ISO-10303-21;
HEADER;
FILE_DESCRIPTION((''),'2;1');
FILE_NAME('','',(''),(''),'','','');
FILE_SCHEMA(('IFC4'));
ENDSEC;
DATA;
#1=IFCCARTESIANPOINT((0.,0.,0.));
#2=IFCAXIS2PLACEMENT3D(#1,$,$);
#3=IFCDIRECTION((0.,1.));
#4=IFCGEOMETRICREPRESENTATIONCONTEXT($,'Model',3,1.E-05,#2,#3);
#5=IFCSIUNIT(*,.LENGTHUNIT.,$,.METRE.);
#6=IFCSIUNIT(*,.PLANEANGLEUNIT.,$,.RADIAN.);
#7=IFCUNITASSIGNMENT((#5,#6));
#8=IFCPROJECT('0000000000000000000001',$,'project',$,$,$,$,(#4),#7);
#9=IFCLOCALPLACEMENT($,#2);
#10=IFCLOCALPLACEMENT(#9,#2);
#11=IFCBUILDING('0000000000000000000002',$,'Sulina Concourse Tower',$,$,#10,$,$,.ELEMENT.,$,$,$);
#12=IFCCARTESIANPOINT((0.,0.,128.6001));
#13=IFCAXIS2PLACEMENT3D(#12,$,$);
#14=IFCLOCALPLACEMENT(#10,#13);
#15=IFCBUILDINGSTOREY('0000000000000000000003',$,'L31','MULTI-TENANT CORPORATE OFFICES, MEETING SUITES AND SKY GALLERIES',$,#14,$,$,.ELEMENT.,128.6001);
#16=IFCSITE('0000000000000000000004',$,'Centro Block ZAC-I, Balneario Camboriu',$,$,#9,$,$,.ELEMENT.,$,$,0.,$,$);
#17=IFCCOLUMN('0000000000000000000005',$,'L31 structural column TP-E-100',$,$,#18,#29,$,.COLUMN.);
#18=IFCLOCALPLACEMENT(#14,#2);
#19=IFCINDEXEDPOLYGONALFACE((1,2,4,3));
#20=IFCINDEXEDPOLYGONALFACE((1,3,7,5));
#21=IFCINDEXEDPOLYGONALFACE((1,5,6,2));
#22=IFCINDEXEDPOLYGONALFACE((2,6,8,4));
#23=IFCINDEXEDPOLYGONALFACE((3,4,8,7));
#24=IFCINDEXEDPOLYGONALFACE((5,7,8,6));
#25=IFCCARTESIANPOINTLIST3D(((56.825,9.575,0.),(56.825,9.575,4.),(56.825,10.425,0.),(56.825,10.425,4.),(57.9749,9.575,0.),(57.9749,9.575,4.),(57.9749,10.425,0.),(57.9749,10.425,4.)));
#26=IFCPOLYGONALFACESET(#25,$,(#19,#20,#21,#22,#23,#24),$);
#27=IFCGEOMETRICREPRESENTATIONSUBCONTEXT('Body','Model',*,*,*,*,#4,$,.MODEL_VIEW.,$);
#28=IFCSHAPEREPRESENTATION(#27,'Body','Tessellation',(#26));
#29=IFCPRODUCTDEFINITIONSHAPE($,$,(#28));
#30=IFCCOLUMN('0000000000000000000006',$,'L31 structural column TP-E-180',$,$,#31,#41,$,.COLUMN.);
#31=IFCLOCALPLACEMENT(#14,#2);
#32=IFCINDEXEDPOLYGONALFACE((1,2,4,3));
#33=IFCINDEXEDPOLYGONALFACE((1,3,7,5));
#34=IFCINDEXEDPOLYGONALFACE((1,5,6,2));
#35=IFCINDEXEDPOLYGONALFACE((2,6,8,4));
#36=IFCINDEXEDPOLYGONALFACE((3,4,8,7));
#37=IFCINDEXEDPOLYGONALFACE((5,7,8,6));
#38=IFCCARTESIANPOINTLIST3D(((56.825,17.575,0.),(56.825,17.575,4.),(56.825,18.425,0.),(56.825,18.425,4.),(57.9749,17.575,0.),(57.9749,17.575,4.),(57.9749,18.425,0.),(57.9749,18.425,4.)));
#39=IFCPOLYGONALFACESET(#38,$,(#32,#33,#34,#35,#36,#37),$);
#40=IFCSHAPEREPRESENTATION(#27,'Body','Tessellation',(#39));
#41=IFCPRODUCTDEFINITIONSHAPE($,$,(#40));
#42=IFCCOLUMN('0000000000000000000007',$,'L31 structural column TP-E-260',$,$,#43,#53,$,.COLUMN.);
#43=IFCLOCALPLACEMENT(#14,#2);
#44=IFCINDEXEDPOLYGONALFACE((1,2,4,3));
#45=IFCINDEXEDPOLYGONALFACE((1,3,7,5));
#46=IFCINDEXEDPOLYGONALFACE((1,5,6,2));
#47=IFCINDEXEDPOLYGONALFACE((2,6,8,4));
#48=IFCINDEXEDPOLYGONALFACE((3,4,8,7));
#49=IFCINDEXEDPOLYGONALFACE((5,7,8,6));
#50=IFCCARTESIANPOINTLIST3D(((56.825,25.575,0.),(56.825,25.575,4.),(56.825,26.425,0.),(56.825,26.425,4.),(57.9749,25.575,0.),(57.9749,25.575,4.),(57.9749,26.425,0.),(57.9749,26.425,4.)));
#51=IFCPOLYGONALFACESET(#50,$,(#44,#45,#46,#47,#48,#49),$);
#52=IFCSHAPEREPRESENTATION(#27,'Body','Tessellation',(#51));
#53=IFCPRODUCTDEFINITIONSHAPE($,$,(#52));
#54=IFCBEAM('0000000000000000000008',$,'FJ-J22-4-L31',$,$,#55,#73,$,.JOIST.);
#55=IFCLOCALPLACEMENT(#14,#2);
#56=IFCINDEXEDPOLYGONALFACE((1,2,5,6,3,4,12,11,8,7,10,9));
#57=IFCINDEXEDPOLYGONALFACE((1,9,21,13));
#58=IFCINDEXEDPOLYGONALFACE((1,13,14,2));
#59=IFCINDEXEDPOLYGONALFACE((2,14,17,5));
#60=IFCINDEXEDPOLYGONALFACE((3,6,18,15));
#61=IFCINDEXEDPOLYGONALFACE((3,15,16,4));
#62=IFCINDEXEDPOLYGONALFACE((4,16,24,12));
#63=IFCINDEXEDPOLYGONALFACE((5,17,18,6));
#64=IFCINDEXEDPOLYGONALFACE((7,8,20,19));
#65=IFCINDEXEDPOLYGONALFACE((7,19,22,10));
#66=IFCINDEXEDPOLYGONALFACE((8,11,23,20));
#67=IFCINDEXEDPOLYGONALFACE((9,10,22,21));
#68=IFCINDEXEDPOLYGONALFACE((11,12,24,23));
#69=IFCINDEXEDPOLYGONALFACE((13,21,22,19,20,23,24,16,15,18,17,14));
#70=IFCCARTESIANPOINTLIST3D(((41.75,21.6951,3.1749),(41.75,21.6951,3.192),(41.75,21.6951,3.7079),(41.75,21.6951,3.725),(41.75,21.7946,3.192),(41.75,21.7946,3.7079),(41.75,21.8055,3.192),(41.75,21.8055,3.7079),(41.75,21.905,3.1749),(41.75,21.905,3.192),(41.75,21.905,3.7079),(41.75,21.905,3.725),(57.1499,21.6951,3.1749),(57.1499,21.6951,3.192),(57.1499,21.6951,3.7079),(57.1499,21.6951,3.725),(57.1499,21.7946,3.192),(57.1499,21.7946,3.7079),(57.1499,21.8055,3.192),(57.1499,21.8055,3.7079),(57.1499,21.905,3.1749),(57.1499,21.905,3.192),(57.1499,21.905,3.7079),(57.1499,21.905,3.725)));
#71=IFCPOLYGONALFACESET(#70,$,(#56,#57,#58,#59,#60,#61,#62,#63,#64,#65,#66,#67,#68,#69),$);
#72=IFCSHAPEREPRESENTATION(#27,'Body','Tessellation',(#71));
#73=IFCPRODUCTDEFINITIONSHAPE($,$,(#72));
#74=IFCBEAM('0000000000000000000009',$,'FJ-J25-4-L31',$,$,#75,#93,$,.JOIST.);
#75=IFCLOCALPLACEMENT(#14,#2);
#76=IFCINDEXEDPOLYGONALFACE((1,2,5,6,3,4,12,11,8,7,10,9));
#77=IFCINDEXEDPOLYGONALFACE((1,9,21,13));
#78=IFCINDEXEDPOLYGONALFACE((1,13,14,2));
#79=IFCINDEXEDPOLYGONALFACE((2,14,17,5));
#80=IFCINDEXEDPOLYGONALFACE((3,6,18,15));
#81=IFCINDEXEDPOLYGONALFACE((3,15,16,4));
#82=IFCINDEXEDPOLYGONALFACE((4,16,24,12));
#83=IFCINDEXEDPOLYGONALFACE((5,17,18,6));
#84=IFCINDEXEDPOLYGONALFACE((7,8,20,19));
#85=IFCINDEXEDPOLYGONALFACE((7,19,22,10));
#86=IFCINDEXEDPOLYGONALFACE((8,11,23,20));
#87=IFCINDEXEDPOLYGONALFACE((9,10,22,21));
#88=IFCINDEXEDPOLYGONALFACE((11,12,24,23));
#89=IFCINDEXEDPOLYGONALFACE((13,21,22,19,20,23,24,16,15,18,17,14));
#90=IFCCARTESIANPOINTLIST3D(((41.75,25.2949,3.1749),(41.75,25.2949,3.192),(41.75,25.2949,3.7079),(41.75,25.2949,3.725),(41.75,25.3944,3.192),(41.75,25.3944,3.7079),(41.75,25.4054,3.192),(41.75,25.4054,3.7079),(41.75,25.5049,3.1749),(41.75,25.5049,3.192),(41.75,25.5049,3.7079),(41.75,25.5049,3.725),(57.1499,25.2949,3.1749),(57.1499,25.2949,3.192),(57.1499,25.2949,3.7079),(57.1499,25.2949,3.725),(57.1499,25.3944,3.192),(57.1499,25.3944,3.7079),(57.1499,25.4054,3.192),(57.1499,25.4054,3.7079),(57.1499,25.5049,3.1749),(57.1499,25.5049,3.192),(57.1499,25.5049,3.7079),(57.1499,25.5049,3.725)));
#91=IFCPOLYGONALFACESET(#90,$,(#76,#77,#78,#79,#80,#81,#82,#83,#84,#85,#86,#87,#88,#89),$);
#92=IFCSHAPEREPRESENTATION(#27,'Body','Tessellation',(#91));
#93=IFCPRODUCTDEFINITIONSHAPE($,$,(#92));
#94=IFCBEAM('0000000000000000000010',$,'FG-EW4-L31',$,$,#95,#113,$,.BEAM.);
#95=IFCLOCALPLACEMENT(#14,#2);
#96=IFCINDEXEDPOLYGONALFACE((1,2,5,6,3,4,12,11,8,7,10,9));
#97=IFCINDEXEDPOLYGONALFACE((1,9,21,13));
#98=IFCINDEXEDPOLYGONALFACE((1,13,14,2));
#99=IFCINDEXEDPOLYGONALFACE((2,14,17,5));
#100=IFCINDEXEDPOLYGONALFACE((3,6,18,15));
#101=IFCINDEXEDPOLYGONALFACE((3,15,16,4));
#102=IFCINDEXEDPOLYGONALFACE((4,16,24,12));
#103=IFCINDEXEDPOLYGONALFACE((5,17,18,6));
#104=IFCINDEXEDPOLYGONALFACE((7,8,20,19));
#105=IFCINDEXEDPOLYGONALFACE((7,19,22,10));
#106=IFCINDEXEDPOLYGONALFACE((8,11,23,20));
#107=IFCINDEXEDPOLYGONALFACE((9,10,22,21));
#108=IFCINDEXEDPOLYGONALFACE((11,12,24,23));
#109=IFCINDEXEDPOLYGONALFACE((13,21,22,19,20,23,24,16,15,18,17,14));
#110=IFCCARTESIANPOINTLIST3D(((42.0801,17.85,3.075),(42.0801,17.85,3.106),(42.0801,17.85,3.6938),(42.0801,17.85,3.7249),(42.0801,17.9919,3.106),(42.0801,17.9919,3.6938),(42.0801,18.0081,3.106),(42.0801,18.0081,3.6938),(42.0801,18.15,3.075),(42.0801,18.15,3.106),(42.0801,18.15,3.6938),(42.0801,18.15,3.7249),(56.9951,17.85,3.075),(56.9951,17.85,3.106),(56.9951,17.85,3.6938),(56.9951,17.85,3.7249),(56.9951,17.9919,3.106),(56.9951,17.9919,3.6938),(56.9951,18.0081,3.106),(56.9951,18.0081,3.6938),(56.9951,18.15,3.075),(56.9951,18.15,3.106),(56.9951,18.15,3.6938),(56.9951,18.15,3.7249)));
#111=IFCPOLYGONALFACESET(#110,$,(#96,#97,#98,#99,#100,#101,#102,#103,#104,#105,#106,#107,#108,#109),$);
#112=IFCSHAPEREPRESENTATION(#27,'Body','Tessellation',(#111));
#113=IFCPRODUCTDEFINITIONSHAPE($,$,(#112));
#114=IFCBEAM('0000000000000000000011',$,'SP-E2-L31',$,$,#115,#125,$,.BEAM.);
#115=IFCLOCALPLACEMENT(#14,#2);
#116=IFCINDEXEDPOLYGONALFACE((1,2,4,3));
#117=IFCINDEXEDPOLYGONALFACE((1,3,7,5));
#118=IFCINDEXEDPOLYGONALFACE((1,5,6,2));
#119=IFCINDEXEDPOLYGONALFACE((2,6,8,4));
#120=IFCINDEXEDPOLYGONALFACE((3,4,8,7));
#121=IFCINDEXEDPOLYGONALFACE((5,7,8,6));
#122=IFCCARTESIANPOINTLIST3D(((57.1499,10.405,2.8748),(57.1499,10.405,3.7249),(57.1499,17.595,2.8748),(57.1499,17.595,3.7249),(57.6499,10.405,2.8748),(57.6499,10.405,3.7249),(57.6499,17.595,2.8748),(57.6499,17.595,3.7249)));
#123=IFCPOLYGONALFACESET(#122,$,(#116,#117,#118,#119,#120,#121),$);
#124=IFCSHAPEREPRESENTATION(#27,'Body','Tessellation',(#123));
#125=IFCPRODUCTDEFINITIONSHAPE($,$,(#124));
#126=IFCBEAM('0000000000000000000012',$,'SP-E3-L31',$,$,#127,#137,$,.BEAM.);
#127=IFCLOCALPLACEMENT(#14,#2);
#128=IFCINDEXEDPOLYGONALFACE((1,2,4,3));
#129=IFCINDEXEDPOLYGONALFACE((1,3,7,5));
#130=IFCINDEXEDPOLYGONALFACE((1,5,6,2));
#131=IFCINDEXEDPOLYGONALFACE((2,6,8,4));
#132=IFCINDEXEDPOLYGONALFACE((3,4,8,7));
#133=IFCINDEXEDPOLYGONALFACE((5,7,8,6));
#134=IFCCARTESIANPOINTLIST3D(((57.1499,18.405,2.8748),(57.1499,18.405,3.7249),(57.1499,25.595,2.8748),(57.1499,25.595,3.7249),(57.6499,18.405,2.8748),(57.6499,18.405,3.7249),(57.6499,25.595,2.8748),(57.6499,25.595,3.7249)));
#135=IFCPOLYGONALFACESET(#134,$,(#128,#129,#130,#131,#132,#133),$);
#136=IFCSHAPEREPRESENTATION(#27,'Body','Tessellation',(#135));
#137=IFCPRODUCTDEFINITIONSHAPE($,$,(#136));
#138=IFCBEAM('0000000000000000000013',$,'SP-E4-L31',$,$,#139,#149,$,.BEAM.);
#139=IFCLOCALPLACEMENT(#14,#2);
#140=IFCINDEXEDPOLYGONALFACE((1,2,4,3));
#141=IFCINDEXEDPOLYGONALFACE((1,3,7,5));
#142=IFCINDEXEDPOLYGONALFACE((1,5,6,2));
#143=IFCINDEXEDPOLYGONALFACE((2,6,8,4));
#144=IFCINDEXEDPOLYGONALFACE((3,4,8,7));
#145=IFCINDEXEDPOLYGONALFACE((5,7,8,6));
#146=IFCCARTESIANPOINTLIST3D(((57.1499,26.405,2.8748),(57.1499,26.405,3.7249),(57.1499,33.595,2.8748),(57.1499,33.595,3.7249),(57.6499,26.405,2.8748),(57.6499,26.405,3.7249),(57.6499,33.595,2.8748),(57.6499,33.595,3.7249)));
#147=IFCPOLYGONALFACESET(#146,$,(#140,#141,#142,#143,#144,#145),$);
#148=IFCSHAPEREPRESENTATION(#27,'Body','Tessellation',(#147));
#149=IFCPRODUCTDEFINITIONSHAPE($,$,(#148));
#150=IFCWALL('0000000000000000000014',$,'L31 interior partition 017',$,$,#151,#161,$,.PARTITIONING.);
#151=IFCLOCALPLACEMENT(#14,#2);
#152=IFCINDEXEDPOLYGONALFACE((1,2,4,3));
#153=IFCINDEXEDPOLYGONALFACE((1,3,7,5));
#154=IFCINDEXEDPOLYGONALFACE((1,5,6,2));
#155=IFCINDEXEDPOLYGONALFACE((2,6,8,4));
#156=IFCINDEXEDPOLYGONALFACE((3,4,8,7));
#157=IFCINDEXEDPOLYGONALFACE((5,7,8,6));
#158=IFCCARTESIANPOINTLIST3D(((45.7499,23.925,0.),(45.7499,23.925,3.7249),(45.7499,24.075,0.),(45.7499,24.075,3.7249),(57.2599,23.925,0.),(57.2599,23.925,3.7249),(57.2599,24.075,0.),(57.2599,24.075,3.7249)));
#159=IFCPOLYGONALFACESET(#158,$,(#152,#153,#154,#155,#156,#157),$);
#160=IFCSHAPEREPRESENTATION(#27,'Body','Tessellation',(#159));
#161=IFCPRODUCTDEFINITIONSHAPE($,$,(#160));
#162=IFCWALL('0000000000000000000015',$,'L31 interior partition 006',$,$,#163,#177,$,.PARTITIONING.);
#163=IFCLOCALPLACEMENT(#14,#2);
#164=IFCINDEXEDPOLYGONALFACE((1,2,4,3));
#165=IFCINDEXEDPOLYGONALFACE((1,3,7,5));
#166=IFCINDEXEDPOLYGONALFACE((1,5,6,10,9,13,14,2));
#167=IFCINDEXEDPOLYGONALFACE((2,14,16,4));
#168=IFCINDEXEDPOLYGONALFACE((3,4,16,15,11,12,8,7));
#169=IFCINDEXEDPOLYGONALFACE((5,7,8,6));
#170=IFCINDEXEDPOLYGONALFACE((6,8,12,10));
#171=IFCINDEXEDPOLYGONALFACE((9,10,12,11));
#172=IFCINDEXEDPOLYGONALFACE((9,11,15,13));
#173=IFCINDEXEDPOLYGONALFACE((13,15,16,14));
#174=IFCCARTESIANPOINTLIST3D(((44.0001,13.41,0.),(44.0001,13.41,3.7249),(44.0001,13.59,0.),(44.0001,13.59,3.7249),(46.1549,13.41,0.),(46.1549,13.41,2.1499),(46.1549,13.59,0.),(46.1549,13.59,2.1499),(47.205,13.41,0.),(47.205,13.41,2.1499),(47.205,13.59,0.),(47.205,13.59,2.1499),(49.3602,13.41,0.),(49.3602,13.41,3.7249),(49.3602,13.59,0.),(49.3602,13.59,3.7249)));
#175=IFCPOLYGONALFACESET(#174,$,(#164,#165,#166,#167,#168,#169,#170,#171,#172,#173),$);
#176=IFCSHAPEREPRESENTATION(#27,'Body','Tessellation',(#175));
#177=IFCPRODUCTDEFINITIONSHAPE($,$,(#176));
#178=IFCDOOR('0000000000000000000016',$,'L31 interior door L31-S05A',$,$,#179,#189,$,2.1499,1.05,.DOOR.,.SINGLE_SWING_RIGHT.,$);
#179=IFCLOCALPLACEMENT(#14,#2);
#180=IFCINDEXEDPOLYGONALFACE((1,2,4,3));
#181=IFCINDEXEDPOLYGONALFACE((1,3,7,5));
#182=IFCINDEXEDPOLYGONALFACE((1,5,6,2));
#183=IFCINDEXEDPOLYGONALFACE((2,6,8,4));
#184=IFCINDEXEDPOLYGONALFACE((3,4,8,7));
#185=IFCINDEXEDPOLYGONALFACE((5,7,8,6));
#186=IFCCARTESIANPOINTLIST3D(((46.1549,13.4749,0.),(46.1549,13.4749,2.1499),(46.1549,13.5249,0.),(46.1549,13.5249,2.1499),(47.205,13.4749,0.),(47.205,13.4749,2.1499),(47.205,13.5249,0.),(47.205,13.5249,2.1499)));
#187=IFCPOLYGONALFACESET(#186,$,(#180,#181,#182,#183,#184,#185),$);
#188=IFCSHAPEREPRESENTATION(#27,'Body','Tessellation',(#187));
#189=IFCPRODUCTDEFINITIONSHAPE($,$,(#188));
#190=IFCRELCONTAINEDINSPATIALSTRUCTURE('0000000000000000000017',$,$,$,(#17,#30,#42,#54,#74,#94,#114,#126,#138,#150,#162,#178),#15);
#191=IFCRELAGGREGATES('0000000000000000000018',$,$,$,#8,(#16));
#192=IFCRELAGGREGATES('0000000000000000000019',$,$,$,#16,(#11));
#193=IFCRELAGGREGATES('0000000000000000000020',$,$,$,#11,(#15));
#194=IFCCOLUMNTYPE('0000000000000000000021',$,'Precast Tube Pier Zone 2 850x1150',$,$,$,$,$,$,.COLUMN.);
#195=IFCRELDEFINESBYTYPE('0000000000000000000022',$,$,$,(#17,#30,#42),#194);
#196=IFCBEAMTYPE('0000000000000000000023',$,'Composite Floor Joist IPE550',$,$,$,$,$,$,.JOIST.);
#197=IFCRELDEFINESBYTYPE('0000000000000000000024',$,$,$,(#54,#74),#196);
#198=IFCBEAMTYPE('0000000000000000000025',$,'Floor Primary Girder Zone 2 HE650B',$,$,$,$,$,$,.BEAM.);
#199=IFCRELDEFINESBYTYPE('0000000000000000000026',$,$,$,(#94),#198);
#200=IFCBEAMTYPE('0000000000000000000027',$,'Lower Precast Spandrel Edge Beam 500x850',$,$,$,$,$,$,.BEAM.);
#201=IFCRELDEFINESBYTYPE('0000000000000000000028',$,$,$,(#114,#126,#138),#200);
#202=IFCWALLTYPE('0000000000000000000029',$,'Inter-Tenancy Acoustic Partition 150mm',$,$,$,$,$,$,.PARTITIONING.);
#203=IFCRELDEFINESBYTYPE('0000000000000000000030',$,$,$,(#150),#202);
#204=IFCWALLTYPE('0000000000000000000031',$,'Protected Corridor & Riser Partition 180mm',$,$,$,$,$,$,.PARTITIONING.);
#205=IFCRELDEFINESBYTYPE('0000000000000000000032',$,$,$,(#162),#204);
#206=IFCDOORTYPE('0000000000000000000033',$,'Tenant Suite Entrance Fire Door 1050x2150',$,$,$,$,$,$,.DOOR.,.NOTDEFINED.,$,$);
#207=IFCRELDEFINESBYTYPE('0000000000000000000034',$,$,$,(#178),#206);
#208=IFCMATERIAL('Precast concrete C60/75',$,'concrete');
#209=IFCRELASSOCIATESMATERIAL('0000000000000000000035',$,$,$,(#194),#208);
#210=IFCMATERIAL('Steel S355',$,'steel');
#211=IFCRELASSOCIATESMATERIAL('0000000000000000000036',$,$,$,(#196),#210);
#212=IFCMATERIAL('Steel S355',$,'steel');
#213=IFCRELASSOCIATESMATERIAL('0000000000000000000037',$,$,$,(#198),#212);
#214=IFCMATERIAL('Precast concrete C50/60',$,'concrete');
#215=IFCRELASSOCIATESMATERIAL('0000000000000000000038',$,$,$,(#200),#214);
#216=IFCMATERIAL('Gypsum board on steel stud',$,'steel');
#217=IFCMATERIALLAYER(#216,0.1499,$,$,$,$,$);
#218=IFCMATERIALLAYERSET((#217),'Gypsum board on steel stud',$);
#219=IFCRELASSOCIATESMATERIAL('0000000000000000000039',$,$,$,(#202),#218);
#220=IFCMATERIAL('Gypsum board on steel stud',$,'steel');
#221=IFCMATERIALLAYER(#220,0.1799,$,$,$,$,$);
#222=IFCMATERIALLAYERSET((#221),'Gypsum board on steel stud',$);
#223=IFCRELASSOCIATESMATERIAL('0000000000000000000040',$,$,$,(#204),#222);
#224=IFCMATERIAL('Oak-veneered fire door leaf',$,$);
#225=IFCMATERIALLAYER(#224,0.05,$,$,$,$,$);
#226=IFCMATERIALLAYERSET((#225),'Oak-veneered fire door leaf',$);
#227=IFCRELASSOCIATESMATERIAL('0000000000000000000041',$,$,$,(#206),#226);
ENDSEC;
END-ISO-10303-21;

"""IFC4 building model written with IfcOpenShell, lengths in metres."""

from ifc_helpers import new_model, si_unit, direction, frame, frame_2d, origin, origin_2d, place, context, subcontext, project, spatial, rectangle, i_section, extrude, material, layer, layer_set, material_profile, profile_set, type_object, element, fill, save


model = new_model("IFC4")

# Units and contexts
model_context = context("Model", 3, precision=1e-05, world=origin(), true_north=direction((0.0, 1.0)))
body_context = subcontext(model_context, "Body", "Model", "MODEL_VIEW")
ifc_project = project(units=[si_unit("LENGTHUNIT", "METRE"), si_unit("PLANEANGLEUNIT", "RADIAN")], contexts=[model_context])

# Site, building, storey
site_placement = place(None, origin())
site = spatial("IfcSite", under=ifc_project, at=site_placement, Name="Centro Block ZAC-I, Balneario Camboriu", CompositionType="ELEMENT", RefElevation=0.0)
building_placement = place(site_placement, origin())
building = spatial("IfcBuilding", under=site, at=building_placement, Name="Sulina Concourse Tower", CompositionType="ELEMENT")
storey_placement = place(building_placement, frame((0.0, 0.0, 128.6001)))
storey = spatial("IfcBuildingStorey", under=building, at=storey_placement, Name="L31", Description="MULTI-TENANT CORPORATE OFFICES, MEETING SUITES AND SKY GALLERIES", CompositionType="ELEMENT", Elevation=128.6001)

# Columns
ifc_material_1 = material(Name="Precast concrete C60/75", Category="concrete")
ifc_material_profile_1 = material_profile(ifc_material_1, rectangle(XDim=0.8501, YDim=1.1499, at=origin_2d()), Name="PC 850x1150")
ifc_profile_set_1 = profile_set([ifc_material_profile_1], Name="Precast concrete C60/75")
column_type = type_object("IfcColumnType", Name="Precast Tube Pier Zone 2 850x1150", PredefinedType="COLUMN", material=ifc_profile_set_1)
for number, where, z_axis, x_axis, name in (
    (1, (57.3999, 10.0, 0.0), (0.0, 0.0, 1.0), (0.0, 1.0, 0.0), "L31 structural column TP-E-100"),
    (2, (57.3999, 18.0, 0.0), (0.0, 0.0, 1.0), (0.0, 1.0, 0.0), "L31 structural column TP-E-180"),
    (3, (57.3999, 26.0, 0.0), (0.0, 0.0, 1.0), (0.0, 1.0, 0.0), "L31 structural column TP-E-260"),
):
    element("IfcColumn", number, at=place(storey_placement, frame(where, z_axis=z_axis, x_axis=x_axis)), inside=storey, type_object=column_type, Name=name, PredefinedType="COLUMN", context=body_context, shape_type="SweptSolid", body=[
        extrude(rectangle(XDim=0.8501, YDim=1.1499, at=origin_2d()), origin(), (0.0, 0.0, 1.0), 4.0),
    ])

# Beams
ifc_material_2 = material(Name="Steel S355", Category="steel")
ifc_material_profile_2 = material_profile(ifc_material_2, i_section(OverallWidth=0.21, OverallDepth=0.55, WebThickness=0.011, FlangeThickness=0.0171, at=origin_2d()), Name="IPE 550")
ifc_profile_set_2 = profile_set([ifc_material_profile_2], Name="Steel S355")
beam_type_1 = type_object("IfcBeamType", Name="Composite Floor Joist IPE550", PredefinedType="JOIST", material=ifc_profile_set_2)
for number, where, z_axis, x_axis, name in (
    (4, (41.75, 21.8, 3.45), (1.0, 0.0, 0.0), (0.0, 1.0, 0.0), "FJ-J22-4-L31"),
    (5, (41.75, 25.3999, 3.45), (1.0, 0.0, 0.0), (0.0, 1.0, 0.0), "FJ-J25-4-L31"),
):
    element("IfcBeam", number, at=place(storey_placement, frame(where, z_axis=z_axis, x_axis=x_axis)), inside=storey, type_object=beam_type_1, Name=name, PredefinedType="JOIST", context=body_context, shape_type="SweptSolid", body=[
        extrude(i_section(OverallWidth=0.21, OverallDepth=0.55, WebThickness=0.011, FlangeThickness=0.0171, at=origin_2d()), origin(), (0.0, 0.0, 1.0), 15.3999),
    ])
ifc_material_3 = material(Name="Steel S355", Category="steel")
ifc_material_profile_3 = material_profile(ifc_material_3, i_section(OverallWidth=0.3, OverallDepth=0.6499, WebThickness=0.0161, FlangeThickness=0.031, at=origin_2d()), Name="HE 650 B")
ifc_profile_set_3 = profile_set([ifc_material_profile_3], Name="Steel S355")
beam_type_2 = type_object("IfcBeamType", Name="Floor Primary Girder Zone 2 HE650B", PredefinedType="BEAM", material=ifc_profile_set_3)
beam_placement = place(storey_placement, frame((42.0801, 18.0, 3.3999), z_axis=(1.0, 0.0, 0.0), x_axis=(0.0, 1.0, 0.0)))
element("IfcBeam", 6, at=beam_placement, inside=storey, type_object=beam_type_2, Name="FG-EW4-L31", PredefinedType="BEAM", context=body_context, shape_type="SweptSolid", body=[
    extrude(i_section(OverallWidth=0.3, OverallDepth=0.6499, WebThickness=0.0161, FlangeThickness=0.031, at=origin_2d()), origin(), (0.0, 0.0, 1.0), 14.915),
])
ifc_material_4 = material(Name="Precast concrete C50/60", Category="concrete")
ifc_material_profile_4 = material_profile(ifc_material_4, rectangle(XDim=0.5, YDim=0.8501, at=origin_2d()), Name="RC 500x850")
ifc_profile_set_4 = profile_set([ifc_material_profile_4], Name="Precast concrete C50/60")
beam_type_3 = type_object("IfcBeamType", Name="Lower Precast Spandrel Edge Beam 500x850", PredefinedType="BEAM", material=ifc_profile_set_4)
for number, where, z_axis, x_axis, name in (
    (7, (57.3999, 10.405, 3.2998), (0.0, 1.0, 0.0), (-1.0, 0.0, 0.0), "SP-E2-L31"),
    (8, (57.3999, 18.405, 3.2998), (0.0, 1.0, 0.0), (-1.0, 0.0, 0.0), "SP-E3-L31"),
    (9, (57.3999, 26.405, 3.2998), (0.0, 1.0, 0.0), (-1.0, 0.0, 0.0), "SP-E4-L31"),
):
    element("IfcBeam", number, at=place(storey_placement, frame(where, z_axis=z_axis, x_axis=x_axis)), inside=storey, type_object=beam_type_3, Name=name, PredefinedType="BEAM", context=body_context, shape_type="SweptSolid", body=[
        extrude(rectangle(XDim=0.5, YDim=0.8501, at=origin_2d()), origin(), (0.0, 0.0, 1.0), 7.1899),
    ])

# Wall
ifc_material_5 = material(Name="Gypsum board on steel stud", Category="steel")
ifc_layer_1 = layer(ifc_material_5, 0.1499)
ifc_layer_set_1 = layer_set([ifc_layer_1], Name="Gypsum board on steel stud")
wall_type_1 = type_object("IfcWallType", Name="Inter-Tenancy Acoustic Partition 150mm", PredefinedType="PARTITIONING", material=ifc_layer_set_1)
wall_1_placement = place(storey_placement, frame((45.75, 24.0, 0.0), z_axis=(0.0, 0.0, 1.0), x_axis=(1.0, 0.0, 0.0)))
element("IfcWall", 10, at=wall_1_placement, inside=storey, type_object=wall_type_1, Name="L31 interior partition 017", PredefinedType="PARTITIONING", context=body_context, shape_type="SweptSolid", body=[
    extrude(rectangle(XDim=11.51, YDim=0.1499, at=frame_2d((5.7549, 0.0))), origin(), (0.0, 0.0, 1.0), 3.7249),
])

# Wall, opening, door
ifc_material_6 = material(Name="Gypsum board on steel stud", Category="steel")
ifc_layer_2 = layer(ifc_material_6, 0.1799)
ifc_layer_set_2 = layer_set([ifc_layer_2], Name="Gypsum board on steel stud")
wall_type_2 = type_object("IfcWallType", Name="Protected Corridor & Riser Partition 180mm", PredefinedType="PARTITIONING", material=ifc_layer_set_2)
wall_2_placement = place(storey_placement, frame((44.0, 13.5, 0.0), z_axis=(0.0, 0.0, 1.0), x_axis=(1.0, 0.0, 0.0)))
wall_2 = element("IfcWall", 11, at=wall_2_placement, inside=storey, type_object=wall_type_2, Name="L31 interior partition 006", PredefinedType="PARTITIONING", context=body_context, shape_type="SweptSolid", body=[
    extrude(rectangle(XDim=5.3601, YDim=0.1799, at=frame_2d((2.6802, 0.0))), origin(), (0.0, 0.0, 1.0), 3.7249),
])
opening_1_placement = place(wall_2_placement, frame((2.155, 0.0, 0.0)))
opening_1 = element("IfcOpeningElement", 12, at=opening_1_placement, cuts=wall_2, PredefinedType="OPENING", context=body_context, shape_type="SweptSolid", body=[
    extrude(rectangle(XDim=1.05, YDim=2.1499, at=frame_2d((0.5249, 1.075))), frame((0.0, 0.0999, 0.0), z_axis=(0.0, -1.0, 0.0), x_axis=(1.0, 0.0, 0.0)), (0.0, 0.0, 1.0), 0.2),
])
ifc_material_7 = material(Name="Oak-veneered fire door leaf")
ifc_layer_3 = layer(ifc_material_7, 0.05)
ifc_layer_set_3 = layer_set([ifc_layer_3], Name="Oak-veneered fire door leaf")
door_type_1 = type_object("IfcDoorType", Name="Tenant Suite Entrance Fire Door 1050x2150", OperationType="NOTDEFINED", PredefinedType="DOOR", material=ifc_layer_set_3)
door_1_placement = place(opening_1_placement, origin())
door_1 = element("IfcDoor", 13, at=door_1_placement, inside=storey, type_object=door_type_1, Name="L31 interior door L31-S05A", OperationType="SINGLE_SWING_RIGHT", OverallHeight=2.1499, OverallWidth=1.05, PredefinedType="DOOR", context=body_context, shape_type="SweptSolid", body=[
    extrude(rectangle(XDim=1.05, YDim=2.1499, at=frame_2d((0.5249, 1.075))), frame((0.0, 0.0249, 0.0), z_axis=(0.0, -1.0, 0.0), x_axis=(1.0, 0.0, 0.0)), (0.0, 0.0, 1.0), 0.05),
])
fill(opening_1, door_1)

save(model, "model.ifc")
